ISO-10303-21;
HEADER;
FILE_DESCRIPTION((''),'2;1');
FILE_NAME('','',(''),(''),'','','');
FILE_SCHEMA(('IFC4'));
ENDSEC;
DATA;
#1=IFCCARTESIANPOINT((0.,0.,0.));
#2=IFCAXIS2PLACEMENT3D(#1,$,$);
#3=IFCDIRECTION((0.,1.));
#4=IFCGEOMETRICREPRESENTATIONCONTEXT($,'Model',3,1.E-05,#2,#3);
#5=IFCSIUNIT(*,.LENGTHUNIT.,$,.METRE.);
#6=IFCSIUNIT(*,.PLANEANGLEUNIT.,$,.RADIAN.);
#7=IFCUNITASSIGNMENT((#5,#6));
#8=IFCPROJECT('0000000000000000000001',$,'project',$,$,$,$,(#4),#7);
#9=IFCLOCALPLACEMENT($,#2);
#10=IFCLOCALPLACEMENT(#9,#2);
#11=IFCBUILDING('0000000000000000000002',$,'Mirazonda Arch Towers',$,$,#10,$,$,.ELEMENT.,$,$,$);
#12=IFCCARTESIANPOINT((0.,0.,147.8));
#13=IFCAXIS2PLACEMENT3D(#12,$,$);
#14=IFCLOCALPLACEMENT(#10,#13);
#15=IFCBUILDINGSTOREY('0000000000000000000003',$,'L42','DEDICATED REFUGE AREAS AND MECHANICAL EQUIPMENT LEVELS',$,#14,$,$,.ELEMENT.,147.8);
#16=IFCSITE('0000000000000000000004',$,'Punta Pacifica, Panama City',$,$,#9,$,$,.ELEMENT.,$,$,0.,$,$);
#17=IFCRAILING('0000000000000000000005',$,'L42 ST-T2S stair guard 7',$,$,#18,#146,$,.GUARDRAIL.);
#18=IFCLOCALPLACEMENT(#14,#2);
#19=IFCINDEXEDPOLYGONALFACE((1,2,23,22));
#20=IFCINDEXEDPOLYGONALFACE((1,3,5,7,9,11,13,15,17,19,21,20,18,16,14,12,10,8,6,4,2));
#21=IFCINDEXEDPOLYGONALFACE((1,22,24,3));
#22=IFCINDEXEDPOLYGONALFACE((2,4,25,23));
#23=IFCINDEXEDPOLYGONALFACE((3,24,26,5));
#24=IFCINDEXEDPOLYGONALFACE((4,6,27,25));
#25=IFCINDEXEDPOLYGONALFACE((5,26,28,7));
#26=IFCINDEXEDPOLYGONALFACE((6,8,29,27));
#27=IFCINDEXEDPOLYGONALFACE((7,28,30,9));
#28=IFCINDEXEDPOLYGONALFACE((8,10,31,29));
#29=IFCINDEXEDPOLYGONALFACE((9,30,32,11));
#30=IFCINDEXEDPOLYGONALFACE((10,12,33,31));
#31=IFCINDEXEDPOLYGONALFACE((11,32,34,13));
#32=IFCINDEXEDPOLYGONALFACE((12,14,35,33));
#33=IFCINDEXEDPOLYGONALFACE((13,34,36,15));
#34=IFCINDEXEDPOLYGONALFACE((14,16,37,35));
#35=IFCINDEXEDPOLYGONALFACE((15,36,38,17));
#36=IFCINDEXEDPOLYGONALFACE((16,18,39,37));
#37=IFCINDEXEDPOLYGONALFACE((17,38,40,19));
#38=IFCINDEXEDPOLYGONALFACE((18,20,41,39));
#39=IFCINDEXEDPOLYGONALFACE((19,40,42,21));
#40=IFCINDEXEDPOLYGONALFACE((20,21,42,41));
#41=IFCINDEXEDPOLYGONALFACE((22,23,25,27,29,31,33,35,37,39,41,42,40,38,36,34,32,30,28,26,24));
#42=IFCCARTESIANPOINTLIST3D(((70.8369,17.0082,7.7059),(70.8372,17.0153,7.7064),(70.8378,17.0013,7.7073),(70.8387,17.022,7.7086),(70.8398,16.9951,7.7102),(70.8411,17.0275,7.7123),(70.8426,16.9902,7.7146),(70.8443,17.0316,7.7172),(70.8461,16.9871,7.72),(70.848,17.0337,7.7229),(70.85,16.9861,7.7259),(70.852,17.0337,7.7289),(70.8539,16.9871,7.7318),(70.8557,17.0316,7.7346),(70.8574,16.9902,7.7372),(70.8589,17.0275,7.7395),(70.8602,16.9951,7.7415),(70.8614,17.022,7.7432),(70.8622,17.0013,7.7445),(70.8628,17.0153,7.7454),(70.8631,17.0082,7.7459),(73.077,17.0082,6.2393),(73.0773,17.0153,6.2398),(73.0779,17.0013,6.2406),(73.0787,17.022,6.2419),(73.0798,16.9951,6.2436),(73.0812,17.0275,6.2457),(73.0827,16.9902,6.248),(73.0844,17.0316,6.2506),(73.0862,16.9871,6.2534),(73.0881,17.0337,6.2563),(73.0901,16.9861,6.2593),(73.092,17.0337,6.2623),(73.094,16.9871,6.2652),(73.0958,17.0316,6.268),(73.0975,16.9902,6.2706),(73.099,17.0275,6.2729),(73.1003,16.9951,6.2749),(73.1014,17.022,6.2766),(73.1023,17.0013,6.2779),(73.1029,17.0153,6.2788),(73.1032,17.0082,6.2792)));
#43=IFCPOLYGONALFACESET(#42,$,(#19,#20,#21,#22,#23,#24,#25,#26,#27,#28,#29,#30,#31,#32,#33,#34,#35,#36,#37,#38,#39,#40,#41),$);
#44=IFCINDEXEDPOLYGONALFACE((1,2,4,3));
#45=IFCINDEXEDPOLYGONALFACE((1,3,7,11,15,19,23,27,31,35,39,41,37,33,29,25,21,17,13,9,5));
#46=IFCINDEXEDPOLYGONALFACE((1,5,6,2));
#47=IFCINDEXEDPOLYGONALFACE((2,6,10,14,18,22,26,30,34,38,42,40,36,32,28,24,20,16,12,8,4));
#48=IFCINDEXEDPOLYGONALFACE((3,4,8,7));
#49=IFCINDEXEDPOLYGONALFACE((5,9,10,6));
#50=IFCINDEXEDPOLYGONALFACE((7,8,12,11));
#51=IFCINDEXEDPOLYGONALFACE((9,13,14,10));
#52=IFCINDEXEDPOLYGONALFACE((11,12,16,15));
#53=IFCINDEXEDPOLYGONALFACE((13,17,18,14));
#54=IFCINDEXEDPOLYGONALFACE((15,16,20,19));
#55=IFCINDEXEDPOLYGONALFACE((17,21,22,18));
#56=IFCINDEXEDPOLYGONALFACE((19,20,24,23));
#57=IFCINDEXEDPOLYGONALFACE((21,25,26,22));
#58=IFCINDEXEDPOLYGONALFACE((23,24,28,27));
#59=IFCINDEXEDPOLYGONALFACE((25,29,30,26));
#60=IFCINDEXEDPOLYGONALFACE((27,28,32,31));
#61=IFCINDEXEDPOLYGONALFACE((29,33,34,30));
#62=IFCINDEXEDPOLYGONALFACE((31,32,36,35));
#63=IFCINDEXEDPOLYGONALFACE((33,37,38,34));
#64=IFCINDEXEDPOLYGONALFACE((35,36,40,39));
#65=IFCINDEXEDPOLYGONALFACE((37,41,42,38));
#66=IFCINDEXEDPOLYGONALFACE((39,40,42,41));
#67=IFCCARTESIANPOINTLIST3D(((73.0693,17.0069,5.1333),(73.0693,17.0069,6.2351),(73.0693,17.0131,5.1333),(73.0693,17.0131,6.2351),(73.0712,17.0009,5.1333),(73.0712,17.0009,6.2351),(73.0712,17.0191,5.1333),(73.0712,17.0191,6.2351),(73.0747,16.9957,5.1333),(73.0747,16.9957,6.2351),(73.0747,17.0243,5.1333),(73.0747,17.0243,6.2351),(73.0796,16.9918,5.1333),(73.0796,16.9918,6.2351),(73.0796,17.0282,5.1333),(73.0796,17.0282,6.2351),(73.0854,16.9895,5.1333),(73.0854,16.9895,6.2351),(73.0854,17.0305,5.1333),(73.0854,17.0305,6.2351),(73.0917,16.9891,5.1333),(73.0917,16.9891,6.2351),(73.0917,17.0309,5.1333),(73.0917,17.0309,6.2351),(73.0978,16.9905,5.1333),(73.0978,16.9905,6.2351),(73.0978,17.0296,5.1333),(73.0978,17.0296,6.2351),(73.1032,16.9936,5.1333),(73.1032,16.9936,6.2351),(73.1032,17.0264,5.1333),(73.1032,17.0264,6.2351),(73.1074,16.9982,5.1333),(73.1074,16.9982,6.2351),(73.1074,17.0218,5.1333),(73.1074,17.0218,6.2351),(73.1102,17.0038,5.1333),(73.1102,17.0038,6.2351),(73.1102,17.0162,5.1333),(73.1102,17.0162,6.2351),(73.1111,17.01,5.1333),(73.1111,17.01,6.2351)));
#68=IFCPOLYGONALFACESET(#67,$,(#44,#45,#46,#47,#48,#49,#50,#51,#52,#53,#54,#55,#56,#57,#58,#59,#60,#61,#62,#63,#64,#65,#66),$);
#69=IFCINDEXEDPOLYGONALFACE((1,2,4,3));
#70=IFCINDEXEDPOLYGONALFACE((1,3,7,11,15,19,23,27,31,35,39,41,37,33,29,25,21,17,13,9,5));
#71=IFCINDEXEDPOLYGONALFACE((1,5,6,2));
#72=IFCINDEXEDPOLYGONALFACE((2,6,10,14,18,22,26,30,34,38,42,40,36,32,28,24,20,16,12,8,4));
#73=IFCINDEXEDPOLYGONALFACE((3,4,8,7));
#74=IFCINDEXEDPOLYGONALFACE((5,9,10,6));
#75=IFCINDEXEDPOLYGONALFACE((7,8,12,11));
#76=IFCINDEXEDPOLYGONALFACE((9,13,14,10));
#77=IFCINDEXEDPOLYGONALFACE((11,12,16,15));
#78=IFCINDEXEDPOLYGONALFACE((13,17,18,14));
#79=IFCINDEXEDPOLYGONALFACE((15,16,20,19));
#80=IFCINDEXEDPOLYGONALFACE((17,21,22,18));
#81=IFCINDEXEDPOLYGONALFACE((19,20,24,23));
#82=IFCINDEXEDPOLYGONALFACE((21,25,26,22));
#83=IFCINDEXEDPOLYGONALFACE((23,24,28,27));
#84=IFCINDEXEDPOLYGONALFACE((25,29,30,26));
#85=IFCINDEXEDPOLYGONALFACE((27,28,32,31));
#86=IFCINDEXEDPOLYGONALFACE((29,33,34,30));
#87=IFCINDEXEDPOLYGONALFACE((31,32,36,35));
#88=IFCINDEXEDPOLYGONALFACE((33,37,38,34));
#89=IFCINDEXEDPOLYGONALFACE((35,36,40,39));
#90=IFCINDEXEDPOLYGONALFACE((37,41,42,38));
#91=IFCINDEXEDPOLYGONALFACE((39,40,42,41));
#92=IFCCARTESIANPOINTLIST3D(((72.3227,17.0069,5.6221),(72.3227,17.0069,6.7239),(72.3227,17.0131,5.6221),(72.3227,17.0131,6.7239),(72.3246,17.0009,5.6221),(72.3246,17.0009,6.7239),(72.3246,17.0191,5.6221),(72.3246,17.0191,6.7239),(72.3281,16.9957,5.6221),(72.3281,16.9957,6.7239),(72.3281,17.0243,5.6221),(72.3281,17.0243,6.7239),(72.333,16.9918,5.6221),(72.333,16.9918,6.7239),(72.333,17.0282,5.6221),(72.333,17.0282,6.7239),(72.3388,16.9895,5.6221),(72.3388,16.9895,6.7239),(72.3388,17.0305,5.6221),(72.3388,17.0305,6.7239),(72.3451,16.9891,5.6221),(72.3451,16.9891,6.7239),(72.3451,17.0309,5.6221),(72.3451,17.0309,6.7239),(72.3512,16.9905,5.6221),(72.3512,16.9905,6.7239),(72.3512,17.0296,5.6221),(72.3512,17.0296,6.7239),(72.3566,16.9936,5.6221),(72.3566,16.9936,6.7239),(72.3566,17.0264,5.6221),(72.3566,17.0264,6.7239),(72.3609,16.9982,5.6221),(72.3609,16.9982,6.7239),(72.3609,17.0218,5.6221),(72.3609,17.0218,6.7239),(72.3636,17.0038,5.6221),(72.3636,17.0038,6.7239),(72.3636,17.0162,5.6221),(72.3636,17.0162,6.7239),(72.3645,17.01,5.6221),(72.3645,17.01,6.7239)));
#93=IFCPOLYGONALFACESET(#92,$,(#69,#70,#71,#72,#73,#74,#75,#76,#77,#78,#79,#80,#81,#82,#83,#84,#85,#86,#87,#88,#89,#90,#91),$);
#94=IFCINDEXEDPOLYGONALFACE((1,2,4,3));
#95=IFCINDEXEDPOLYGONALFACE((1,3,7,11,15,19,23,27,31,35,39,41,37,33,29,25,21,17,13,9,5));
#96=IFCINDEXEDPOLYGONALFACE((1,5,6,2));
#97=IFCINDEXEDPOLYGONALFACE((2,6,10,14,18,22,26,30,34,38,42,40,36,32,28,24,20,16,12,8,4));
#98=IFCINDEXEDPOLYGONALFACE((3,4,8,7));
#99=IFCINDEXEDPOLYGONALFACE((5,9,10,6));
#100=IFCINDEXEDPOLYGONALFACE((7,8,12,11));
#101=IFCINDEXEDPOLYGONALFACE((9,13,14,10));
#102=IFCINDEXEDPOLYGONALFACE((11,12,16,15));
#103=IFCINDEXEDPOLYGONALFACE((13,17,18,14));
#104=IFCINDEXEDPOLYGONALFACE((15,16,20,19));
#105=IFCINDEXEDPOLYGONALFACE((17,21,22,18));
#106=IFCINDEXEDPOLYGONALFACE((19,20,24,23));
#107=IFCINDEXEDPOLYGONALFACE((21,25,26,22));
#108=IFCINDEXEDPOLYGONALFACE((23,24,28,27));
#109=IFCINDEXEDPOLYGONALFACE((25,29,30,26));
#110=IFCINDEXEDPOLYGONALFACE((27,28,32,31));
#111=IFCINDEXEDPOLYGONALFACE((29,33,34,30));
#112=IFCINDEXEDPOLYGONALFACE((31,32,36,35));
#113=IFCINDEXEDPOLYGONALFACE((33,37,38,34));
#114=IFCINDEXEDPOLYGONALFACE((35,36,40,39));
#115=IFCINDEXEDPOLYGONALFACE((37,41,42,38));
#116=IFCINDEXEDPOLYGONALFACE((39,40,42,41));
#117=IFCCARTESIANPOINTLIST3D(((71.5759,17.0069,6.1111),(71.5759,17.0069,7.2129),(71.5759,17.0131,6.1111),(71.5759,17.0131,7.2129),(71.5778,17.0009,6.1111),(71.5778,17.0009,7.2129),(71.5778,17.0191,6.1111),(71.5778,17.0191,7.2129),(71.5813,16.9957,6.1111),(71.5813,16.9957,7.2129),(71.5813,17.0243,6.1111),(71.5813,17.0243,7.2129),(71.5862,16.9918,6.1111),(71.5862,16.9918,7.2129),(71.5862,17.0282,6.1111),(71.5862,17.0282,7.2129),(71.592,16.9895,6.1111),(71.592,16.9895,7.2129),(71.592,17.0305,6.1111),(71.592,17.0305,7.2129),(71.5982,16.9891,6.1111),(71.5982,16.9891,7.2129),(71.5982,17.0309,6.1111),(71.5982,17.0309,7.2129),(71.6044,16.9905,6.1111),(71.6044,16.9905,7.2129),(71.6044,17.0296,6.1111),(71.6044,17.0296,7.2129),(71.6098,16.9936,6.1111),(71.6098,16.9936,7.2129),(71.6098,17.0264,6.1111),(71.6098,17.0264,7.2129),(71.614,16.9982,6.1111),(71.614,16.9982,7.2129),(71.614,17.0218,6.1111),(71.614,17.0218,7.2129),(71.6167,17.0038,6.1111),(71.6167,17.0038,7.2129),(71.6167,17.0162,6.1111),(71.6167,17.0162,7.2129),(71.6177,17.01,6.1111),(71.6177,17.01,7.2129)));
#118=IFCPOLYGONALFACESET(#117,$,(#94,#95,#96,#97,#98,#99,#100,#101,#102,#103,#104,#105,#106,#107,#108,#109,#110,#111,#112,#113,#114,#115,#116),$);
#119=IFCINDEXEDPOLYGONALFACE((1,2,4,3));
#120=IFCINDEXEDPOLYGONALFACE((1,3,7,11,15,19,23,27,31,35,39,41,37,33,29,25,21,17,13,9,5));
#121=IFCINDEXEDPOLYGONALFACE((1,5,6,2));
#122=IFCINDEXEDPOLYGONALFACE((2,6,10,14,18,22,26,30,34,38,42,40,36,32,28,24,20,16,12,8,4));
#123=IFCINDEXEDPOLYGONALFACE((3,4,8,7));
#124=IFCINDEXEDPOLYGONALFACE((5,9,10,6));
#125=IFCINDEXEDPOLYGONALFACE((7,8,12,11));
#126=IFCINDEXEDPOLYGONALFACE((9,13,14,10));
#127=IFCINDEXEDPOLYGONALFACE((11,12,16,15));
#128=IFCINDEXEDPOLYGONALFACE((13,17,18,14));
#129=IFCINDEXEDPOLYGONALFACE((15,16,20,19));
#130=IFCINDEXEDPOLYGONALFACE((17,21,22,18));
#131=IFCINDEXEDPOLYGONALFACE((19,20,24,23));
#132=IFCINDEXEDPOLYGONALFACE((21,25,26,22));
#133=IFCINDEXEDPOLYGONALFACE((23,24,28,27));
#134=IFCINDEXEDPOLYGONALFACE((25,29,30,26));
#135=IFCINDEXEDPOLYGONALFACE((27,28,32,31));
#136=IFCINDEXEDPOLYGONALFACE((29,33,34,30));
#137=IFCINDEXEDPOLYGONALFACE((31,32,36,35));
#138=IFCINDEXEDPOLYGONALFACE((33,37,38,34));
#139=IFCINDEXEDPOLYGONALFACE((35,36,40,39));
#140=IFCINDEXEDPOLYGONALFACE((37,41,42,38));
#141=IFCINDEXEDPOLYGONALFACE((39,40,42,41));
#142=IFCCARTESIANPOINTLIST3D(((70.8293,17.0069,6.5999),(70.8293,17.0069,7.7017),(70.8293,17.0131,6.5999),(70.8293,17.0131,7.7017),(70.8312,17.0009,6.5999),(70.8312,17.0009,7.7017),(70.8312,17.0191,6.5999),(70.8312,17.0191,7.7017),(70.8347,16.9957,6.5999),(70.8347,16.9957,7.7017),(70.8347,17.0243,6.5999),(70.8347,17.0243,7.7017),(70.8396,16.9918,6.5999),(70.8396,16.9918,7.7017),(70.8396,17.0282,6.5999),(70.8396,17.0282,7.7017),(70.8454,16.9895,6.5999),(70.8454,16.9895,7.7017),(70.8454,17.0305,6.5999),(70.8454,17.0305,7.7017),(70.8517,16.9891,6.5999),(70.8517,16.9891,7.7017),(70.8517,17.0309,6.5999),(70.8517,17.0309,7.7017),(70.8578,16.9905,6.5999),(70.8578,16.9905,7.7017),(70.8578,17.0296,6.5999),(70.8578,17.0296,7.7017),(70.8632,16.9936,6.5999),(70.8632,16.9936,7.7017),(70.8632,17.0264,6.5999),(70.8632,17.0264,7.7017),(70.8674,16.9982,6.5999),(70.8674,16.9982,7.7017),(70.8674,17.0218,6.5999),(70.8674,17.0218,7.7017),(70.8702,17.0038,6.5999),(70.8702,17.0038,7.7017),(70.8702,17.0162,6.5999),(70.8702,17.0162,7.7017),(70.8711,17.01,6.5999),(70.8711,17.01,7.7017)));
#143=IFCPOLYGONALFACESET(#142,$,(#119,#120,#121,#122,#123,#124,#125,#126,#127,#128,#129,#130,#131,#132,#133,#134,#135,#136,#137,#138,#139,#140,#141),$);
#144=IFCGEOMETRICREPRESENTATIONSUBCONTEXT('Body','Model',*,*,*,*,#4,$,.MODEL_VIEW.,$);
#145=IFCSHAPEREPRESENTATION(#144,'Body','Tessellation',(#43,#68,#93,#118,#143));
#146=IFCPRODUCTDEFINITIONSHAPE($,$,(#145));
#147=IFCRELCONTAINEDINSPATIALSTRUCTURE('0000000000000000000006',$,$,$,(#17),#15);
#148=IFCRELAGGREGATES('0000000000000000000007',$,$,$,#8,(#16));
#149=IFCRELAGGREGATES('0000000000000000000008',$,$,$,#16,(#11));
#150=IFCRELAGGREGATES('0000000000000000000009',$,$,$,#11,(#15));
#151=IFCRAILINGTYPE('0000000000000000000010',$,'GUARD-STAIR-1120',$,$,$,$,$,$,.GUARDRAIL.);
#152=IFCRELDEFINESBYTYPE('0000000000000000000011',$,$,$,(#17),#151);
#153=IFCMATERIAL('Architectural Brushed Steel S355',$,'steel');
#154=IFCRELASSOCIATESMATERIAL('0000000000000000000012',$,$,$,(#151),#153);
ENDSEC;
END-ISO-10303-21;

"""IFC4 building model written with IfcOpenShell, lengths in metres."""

from ifc_helpers import new_model, si_unit, direction, frame, origin, origin_2d, place, context, subcontext, project, spatial, circle, extrude, material, type_object, element, save


model = new_model("IFC4")

# Units and contexts
model_context = context("Model", 3, precision=1e-05, world=origin(), true_north=direction((0.0, 1.0)))
body_context = subcontext(model_context, "Body", "Model", "MODEL_VIEW")
ifc_project = project(units=[si_unit("LENGTHUNIT", "METRE"), si_unit("PLANEANGLEUNIT", "RADIAN")], contexts=[model_context])

# Site, building, storey
site_placement = place(None, origin())
site = spatial("IfcSite", under=ifc_project, at=site_placement, Name="Punta Pacifica, Panama City", CompositionType="ELEMENT", RefElevation=0.0)
building_placement = place(site_placement, origin())
building = spatial("IfcBuilding", under=site, at=building_placement, Name="Mirazonda Arch Towers", CompositionType="ELEMENT")
storey_placement = place(building_placement, frame((0.0, 0.0, 147.8)))
storey = spatial("IfcBuildingStorey", under=building, at=storey_placement, Name="L42", Description="DEDICATED REFUGE AREAS AND MECHANICAL EQUIPMENT LEVELS", CompositionType="ELEMENT", Elevation=147.8)

# Shared definitions
ifc_material_1 = material(Name="Architectural Brushed Steel S355", Category="steel")

# Railing
railing_type_1 = type_object("IfcRailingType", Name="GUARD-STAIR-1120", PredefinedType="GUARDRAIL", material=ifc_material_1)
railing_1_placement = place(storey_placement, frame((73.0901, 17.01, 5.1333)))
element("IfcRailing", 1, at=railing_1_placement, inside=storey, type_object=railing_type_1, Name="L42 ST-T2S stair guard 7", PredefinedType="GUARDRAIL", context=body_context, shape_type="SweptSolid", body=[
    extrude(circle(Radius=0.0239, at=origin_2d()), frame((0.0, 0.0, 1.126), z_axis=(-0.836637, 0.0, 0.547758), x_axis=(0.0, -1.0, 0.0)), (0.0, 0.0, 1.0), 2.6775),
    extrude(circle(Radius=0.021, at=origin_2d()), origin(), (0.0, 0.0, 1.0), 1.1018),
    extrude(circle(Radius=0.021, at=origin_2d()), frame((-0.7466, 0.0, 0.4888)), (0.0, 0.0, 1.0), 1.1018),
    extrude(circle(Radius=0.021, at=origin_2d()), frame((-1.4934, 0.0, 0.9778)), (0.0, 0.0, 1.0), 1.1018),
    extrude(circle(Radius=0.021, at=origin_2d()), frame((-2.24, 0.0, 1.4666)), (0.0, 0.0, 1.0), 1.1018),
])

save(model, "model.ifc")
